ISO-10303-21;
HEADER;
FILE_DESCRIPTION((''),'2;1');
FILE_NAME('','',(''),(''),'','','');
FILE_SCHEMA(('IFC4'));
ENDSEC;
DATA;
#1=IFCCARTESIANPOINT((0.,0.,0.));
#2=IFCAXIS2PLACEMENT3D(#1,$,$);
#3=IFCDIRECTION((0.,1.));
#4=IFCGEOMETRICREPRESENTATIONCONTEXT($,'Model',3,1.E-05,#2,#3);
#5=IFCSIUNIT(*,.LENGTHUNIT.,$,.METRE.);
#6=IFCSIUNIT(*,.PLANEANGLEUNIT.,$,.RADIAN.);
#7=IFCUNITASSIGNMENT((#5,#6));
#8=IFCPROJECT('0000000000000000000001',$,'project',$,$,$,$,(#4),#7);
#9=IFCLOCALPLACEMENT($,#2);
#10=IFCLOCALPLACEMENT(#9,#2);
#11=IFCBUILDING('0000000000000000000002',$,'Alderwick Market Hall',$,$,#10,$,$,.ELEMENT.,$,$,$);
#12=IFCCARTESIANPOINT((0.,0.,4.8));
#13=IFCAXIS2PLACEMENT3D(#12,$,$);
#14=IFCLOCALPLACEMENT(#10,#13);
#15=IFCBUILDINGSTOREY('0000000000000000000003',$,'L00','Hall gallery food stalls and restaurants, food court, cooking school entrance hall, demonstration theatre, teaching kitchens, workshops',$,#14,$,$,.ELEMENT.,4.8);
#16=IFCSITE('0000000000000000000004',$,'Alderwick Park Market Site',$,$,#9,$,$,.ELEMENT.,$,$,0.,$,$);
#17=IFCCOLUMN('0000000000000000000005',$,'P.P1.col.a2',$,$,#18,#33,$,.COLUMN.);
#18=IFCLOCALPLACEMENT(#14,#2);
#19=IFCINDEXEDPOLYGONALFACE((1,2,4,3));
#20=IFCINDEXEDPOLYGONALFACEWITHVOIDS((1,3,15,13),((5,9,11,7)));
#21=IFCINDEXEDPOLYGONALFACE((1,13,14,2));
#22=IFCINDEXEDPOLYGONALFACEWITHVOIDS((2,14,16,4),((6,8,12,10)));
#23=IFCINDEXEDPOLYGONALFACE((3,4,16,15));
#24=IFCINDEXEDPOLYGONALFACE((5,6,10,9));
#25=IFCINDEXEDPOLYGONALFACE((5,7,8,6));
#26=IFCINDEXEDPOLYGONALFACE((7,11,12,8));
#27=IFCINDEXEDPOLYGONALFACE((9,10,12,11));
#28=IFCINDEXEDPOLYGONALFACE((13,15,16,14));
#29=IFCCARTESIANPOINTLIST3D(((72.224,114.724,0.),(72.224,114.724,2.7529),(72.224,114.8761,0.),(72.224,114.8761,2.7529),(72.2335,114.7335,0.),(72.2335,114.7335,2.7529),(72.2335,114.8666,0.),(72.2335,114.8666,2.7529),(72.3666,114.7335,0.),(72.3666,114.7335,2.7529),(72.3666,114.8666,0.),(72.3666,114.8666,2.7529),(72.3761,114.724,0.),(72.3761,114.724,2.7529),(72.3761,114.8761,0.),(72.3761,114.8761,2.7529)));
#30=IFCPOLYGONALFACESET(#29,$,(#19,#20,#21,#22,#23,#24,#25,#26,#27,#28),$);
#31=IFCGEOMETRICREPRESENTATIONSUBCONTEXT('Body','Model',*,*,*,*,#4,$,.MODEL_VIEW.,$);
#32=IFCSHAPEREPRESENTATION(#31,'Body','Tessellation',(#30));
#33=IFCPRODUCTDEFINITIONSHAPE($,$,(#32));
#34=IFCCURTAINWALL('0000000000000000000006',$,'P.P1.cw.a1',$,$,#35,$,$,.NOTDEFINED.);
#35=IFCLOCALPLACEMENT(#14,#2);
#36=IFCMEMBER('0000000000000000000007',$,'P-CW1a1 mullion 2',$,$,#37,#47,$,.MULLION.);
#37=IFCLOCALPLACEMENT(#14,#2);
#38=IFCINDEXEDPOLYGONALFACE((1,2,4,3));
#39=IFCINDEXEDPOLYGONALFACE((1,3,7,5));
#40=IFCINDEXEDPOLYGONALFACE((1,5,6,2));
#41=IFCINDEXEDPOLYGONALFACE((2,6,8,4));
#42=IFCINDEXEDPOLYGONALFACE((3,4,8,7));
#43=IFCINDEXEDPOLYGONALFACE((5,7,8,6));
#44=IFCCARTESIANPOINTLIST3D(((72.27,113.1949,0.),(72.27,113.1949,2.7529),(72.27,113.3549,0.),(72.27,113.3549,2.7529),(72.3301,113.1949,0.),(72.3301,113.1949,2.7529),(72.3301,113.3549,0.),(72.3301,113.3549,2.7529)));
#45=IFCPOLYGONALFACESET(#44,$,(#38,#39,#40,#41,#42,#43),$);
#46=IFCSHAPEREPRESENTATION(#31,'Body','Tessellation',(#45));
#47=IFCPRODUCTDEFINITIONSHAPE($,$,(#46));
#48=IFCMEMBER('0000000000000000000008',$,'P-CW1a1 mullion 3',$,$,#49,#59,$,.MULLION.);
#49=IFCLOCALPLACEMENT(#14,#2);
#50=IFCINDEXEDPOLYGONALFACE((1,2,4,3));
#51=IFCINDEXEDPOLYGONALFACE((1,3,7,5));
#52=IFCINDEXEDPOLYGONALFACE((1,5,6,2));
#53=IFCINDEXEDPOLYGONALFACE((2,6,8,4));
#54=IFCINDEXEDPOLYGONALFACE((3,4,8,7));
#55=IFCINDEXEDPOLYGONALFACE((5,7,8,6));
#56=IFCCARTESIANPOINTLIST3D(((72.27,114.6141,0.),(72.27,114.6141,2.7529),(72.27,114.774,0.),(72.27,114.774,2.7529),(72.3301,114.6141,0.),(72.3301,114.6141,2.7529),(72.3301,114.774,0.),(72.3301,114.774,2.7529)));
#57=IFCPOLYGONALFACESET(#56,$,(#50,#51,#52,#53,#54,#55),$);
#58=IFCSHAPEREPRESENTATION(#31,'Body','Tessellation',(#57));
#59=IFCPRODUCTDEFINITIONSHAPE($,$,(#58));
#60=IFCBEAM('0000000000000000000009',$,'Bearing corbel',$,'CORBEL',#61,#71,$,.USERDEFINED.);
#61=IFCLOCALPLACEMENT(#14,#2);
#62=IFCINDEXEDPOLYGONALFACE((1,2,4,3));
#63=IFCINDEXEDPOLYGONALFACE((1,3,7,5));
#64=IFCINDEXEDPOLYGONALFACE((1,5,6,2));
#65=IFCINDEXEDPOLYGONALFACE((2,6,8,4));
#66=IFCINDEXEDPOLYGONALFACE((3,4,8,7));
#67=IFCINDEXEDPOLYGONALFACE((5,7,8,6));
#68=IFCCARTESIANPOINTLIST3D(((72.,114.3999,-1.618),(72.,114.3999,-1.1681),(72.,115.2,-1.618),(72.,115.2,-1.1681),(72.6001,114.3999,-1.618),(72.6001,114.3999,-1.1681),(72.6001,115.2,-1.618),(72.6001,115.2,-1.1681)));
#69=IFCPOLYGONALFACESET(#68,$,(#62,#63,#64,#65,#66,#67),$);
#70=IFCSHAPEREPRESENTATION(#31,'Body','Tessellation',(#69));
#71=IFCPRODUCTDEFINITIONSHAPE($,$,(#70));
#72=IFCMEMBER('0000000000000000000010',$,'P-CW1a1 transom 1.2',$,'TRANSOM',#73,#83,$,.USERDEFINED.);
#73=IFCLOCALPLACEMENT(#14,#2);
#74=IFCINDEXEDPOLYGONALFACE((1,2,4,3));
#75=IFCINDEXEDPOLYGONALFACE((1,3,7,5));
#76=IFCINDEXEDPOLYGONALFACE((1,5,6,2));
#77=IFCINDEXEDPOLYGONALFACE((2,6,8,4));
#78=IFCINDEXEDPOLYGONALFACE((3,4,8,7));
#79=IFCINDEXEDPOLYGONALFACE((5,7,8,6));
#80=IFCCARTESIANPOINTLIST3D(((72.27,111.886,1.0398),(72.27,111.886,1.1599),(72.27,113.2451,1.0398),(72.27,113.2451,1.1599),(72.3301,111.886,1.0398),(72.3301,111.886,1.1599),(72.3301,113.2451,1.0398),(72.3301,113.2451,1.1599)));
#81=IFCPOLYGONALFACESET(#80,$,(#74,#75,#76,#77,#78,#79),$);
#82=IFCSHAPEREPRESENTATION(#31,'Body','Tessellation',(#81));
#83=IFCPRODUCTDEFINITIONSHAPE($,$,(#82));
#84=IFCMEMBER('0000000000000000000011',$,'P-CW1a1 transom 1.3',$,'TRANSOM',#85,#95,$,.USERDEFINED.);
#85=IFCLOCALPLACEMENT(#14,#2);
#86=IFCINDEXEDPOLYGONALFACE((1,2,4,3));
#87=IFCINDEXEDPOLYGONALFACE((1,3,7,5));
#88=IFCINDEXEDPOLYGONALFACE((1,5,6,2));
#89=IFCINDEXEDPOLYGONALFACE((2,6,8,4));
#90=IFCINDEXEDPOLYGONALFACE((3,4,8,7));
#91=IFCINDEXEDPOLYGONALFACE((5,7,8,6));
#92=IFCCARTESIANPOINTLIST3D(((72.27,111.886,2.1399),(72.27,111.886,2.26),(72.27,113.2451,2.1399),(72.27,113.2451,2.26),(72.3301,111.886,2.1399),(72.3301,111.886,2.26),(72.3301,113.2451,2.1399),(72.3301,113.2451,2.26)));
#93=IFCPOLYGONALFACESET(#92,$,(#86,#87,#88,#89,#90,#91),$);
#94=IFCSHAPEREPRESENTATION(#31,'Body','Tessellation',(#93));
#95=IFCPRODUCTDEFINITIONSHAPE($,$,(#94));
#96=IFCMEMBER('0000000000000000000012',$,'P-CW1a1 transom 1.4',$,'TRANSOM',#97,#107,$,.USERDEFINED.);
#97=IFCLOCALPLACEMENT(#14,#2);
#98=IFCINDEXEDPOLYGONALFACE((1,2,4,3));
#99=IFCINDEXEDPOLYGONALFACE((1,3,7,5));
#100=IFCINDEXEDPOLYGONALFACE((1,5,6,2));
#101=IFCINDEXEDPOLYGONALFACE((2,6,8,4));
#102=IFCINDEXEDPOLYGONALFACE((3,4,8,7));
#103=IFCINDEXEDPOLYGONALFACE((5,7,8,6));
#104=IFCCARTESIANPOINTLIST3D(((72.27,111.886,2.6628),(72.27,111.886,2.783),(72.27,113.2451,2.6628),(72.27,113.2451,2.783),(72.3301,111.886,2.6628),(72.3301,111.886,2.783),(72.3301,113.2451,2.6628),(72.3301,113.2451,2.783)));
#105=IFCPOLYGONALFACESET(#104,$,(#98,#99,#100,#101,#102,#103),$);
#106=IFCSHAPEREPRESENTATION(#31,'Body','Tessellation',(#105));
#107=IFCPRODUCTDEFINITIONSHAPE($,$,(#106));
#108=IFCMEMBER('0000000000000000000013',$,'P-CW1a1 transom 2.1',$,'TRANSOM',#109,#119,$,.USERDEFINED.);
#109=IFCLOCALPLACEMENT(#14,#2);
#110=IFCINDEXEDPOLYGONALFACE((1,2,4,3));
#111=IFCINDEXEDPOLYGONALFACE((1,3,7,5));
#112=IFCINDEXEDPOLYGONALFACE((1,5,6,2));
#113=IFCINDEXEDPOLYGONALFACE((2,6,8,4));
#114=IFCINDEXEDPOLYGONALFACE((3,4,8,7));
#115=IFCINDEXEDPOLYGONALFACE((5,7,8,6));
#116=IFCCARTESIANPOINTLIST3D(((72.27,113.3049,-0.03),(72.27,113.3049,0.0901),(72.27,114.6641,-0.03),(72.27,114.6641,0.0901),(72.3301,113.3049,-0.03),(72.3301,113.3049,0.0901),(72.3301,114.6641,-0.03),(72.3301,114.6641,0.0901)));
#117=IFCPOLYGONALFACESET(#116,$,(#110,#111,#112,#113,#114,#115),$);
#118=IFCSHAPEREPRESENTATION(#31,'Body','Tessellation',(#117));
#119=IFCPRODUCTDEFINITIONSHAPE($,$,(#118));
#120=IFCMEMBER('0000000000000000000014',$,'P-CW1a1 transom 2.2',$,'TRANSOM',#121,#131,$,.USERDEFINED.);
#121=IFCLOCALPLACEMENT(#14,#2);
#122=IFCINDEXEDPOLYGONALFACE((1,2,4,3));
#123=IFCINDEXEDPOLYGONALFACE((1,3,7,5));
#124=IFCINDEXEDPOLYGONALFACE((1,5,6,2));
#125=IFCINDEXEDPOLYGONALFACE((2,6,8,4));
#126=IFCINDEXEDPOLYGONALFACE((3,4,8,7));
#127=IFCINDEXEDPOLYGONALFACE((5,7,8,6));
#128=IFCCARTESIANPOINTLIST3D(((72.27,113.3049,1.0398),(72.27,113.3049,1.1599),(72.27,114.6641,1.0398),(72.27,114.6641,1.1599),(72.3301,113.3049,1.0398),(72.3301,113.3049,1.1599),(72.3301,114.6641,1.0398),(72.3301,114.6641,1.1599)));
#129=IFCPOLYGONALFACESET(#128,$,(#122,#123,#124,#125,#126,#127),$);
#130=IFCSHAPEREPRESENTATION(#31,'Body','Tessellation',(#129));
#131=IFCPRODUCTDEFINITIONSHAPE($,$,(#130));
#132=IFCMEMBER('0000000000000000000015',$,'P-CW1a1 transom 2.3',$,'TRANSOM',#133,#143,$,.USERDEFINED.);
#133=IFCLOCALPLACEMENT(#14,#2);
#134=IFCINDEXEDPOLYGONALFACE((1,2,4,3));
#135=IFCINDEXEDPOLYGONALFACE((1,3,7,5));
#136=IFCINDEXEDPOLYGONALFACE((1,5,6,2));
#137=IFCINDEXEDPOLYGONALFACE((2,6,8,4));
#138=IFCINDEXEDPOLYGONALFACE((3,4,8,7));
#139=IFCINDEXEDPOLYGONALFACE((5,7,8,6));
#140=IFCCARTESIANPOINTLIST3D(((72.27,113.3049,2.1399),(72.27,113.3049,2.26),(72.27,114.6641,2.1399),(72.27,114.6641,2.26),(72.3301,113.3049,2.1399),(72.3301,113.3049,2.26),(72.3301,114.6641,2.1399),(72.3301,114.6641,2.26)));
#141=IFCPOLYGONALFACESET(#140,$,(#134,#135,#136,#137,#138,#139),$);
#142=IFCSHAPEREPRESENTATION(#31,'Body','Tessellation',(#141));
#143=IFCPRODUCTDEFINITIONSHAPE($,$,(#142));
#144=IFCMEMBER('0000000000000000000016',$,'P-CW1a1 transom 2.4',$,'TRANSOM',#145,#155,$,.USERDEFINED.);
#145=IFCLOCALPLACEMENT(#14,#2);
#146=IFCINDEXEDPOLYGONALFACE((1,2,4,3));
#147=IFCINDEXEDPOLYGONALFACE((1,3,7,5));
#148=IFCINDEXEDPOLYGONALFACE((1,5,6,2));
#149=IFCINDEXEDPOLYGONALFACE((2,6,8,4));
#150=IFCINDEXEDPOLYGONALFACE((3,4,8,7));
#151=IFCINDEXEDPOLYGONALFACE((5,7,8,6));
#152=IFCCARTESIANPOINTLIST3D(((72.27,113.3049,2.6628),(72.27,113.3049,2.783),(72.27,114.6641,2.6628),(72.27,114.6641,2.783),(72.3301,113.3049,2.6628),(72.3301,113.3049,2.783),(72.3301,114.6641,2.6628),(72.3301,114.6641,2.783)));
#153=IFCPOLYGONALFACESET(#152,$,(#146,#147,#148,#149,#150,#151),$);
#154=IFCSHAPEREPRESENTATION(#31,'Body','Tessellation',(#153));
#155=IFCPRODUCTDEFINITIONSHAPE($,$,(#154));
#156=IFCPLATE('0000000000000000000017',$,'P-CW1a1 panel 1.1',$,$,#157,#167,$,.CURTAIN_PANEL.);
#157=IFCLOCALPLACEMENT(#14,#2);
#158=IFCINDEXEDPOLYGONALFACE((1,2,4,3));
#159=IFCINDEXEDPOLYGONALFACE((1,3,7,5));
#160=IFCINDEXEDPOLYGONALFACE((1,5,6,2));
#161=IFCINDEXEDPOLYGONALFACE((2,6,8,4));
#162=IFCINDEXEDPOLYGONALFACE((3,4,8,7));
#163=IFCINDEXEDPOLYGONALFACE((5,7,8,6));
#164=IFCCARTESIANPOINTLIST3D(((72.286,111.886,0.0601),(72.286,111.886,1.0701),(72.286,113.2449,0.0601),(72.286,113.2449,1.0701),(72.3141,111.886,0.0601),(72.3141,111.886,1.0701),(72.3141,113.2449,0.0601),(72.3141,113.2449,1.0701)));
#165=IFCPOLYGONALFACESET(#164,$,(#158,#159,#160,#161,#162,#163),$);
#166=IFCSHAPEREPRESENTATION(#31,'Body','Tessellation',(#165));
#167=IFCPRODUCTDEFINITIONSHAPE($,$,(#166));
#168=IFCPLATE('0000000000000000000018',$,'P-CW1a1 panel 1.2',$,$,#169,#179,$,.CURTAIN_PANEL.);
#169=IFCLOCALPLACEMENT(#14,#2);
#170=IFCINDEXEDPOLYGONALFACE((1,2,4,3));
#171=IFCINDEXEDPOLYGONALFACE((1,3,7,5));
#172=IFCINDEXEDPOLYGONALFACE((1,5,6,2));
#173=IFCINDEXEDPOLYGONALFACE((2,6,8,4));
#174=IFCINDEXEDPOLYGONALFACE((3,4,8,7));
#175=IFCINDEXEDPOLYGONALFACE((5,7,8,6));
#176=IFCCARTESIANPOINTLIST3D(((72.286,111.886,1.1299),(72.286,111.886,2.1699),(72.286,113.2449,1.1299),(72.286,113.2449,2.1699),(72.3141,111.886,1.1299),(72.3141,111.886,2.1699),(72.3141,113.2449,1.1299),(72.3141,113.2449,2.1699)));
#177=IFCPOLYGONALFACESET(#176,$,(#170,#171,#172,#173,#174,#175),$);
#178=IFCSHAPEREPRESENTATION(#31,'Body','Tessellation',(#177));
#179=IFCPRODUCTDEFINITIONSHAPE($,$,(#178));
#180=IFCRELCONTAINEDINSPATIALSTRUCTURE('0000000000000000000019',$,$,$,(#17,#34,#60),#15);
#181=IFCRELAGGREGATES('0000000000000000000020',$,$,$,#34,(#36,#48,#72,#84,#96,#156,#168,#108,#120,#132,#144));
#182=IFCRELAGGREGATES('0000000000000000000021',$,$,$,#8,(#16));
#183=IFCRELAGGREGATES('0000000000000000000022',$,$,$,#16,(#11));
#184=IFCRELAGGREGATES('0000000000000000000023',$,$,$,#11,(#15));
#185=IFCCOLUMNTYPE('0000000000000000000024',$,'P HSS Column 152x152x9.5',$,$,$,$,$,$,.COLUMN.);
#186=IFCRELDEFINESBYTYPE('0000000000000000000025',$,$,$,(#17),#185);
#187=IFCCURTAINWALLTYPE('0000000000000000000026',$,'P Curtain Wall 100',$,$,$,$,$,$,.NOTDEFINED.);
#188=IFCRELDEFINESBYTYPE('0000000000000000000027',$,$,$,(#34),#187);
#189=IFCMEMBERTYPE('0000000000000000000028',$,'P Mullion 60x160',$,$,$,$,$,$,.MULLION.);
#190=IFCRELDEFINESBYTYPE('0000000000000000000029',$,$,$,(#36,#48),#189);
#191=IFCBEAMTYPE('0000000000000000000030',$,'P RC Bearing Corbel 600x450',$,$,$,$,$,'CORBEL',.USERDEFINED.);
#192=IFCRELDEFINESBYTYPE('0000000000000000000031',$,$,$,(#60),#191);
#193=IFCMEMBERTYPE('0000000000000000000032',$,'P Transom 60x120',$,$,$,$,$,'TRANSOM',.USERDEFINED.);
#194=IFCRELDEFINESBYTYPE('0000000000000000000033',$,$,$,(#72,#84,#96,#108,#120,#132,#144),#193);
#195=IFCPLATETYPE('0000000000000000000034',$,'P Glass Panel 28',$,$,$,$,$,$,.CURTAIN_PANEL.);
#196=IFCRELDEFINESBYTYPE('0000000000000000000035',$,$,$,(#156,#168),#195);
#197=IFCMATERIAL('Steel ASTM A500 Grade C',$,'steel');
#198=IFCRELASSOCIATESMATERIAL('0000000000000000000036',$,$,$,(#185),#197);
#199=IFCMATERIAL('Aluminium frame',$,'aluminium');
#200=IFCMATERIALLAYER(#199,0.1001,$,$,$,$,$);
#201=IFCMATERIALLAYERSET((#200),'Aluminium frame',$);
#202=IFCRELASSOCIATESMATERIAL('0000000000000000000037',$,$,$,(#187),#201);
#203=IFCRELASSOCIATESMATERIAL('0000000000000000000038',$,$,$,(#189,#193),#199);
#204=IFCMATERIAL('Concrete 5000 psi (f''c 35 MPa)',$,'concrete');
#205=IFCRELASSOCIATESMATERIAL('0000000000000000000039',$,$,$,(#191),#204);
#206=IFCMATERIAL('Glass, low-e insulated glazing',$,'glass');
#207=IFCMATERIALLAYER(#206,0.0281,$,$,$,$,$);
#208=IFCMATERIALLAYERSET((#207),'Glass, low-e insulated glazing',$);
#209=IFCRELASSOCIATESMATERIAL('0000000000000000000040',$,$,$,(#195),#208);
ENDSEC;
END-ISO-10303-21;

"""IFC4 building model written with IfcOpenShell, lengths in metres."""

from ifc_helpers import new_model, si_unit, direction, frame, origin, origin_2d, place, context, subcontext, project, spatial, rectangle, hollow_rectangle, extrude, material, layer, layer_set, material_profile, profile_set, type_object, element, aggregate, save


model = new_model("IFC4")

# Units and contexts
model_context = context("Model", 3, precision=1e-05, world=origin(), true_north=direction((0.0, 1.0)))
body_context = subcontext(model_context, "Body", "Model", "MODEL_VIEW")
ifc_project = project(units=[si_unit("LENGTHUNIT", "METRE"), si_unit("PLANEANGLEUNIT", "RADIAN")], contexts=[model_context])

# Site, building, storey
site_placement = place(None, origin())
site = spatial("IfcSite", under=ifc_project, at=site_placement, Name="Alderwick Park Market Site", CompositionType="ELEMENT", RefElevation=0.0)
building_placement = place(site_placement, origin())
building = spatial("IfcBuilding", under=site, at=building_placement, Name="Alderwick Market Hall", CompositionType="ELEMENT")
storey_placement = place(building_placement, frame((0.0, 0.0, 4.8)))
storey = spatial("IfcBuildingStorey", under=building, at=storey_placement, Name="L00", Description="Hall gallery food stalls and restaurants, food court, cooking school entrance hall, demonstration theatre, teaching kitchens, workshops", CompositionType="ELEMENT", Elevation=4.8)

# Column
ifc_material_1 = material(Name="Steel ASTM A500 Grade C", Category="steel")
ifc_material_profile_1 = material_profile(ifc_material_1, hollow_rectangle(XDim=0.1521, YDim=0.1521, WallThickness=0.0095, at=origin_2d()), Name="HSS152x152x9.5")
ifc_profile_set_1 = profile_set([ifc_material_profile_1], Name="Steel ASTM A500 Grade C")
column_type = type_object("IfcColumnType", Name="P HSS Column 152x152x9.5", PredefinedType="COLUMN", material=ifc_profile_set_1)
column_placement = place(storey_placement, frame((72.3, 114.8, 0.0), z_axis=(0.0, 0.0, 1.0), x_axis=(1.0, 0.0, 0.0)))
element("IfcColumn", 1, at=column_placement, inside=storey, type_object=column_type, Name="P.P1.col.a2", PredefinedType="COLUMN", context=body_context, shape_type="SweptSolid", body=[
    extrude(hollow_rectangle(XDim=0.1521, YDim=0.1521, WallThickness=0.0095, at=origin_2d()), origin(), (0.0, 0.0, 1.0), 2.7529),
])

# Curtain wall, members
ifc_material_2 = material(Name="Aluminium frame", Category="aluminium")
ifc_layer_1 = layer(ifc_material_2, 0.1001)
ifc_layer_set_1 = layer_set([ifc_layer_1], Name="Aluminium frame")
curtain_wall_type = type_object("IfcCurtainWallType", Name="P Curtain Wall 100", PredefinedType="NOTDEFINED", material=ifc_layer_set_1)
curtain_wall_placement = place(storey_placement, origin())
curtain_wall = element("IfcCurtainWall", 2, at=curtain_wall_placement, inside=storey, type_object=curtain_wall_type, Name="P.P1.cw.a1", PredefinedType="NOTDEFINED")
ifc_material_profile_2 = material_profile(ifc_material_2, rectangle(XDim=0.0601, YDim=0.1599, at=origin_2d()), Name="P Mullion 60x160")
ifc_profile_set_2 = profile_set([ifc_material_profile_2], Name="Aluminium frame")
member_type_1 = type_object("IfcMemberType", Name="P Mullion 60x160", PredefinedType="MULLION", material=ifc_profile_set_2)
member_1_placement = place(storey_placement, frame((72.3, 113.2749, 0.0), z_axis=(0.0, 0.0, 1.0), x_axis=(-1.0, 0.0, 0.0)))
member_1 = element("IfcMember", 3, at=member_1_placement, type_object=member_type_1, Name="P-CW1a1 mullion 2", PredefinedType="MULLION", context=body_context, shape_type="SweptSolid", body=[
    extrude(rectangle(XDim=0.0601, YDim=0.1599, at=origin_2d()), origin(), (0.0, 0.0, 1.0), 2.7529),
])
member_2_placement = place(storey_placement, frame((72.3, 114.6941, 0.0), z_axis=(0.0, 0.0, 1.0), x_axis=(-1.0, 0.0, 0.0)))
member_2 = element("IfcMember", 4, at=member_2_placement, type_object=member_type_1, Name="P-CW1a1 mullion 3", PredefinedType="MULLION", context=body_context, shape_type="SweptSolid", body=[
    extrude(rectangle(XDim=0.0601, YDim=0.1599, at=origin_2d()), origin(), (0.0, 0.0, 1.0), 2.7529),
])

# Beam
ifc_material_3 = material(Name="Concrete 5000 psi (f'c 35 MPa)", Category="concrete")
ifc_material_profile_3 = material_profile(ifc_material_3, rectangle(XDim=0.6001, YDim=0.45, at=origin_2d()), Name="P RC Bearing Corbel 600x450")
ifc_profile_set_3 = profile_set([ifc_material_profile_3], Name="Concrete 5000 psi (f'c 35 MPa)")
beam_type = type_object("IfcBeamType", Name="P RC Bearing Corbel 600x450", ElementType="CORBEL", PredefinedType="USERDEFINED", material=ifc_profile_set_3)
beam_placement = place(storey_placement, frame((72.3, 114.3999, -1.3931), z_axis=(0.0, 1.0, 0.0), x_axis=(-1.0, 0.0, 0.0)))
element("IfcBeam", 5, at=beam_placement, inside=storey, type_object=beam_type, Name="Bearing corbel", ObjectType="CORBEL", PredefinedType="USERDEFINED", context=body_context, shape_type="SweptSolid", body=[
    extrude(rectangle(XDim=0.6001, YDim=0.45, at=origin_2d()), origin(), (0.0, 0.0, 1.0), 0.8),
])

# Members
ifc_material_profile_4 = material_profile(ifc_material_2, rectangle(XDim=0.0601, YDim=0.1201, at=origin_2d()), Name="P Transom 60x120")
ifc_profile_set_4 = profile_set([ifc_material_profile_4], Name="Aluminium frame")
member_type_2 = type_object("IfcMemberType", Name="P Transom 60x120", ElementType="TRANSOM", PredefinedType="USERDEFINED", material=ifc_profile_set_4)
member_3_placement = place(storey_placement, frame((72.3, 111.886, 1.0999), z_axis=(0.0, 1.0, 0.0), x_axis=(-1.0, 0.0, 0.0)))
member_3 = element("IfcMember", 6, at=member_3_placement, type_object=member_type_2, Name="P-CW1a1 transom 1.2", ObjectType="TRANSOM", PredefinedType="USERDEFINED", context=body_context, shape_type="SweptSolid", body=[
    extrude(rectangle(XDim=0.0601, YDim=0.1201, at=origin_2d()), origin(), (0.0, 0.0, 1.0), 1.3591),
])
member_4_placement = place(storey_placement, frame((72.3, 111.886, 2.2), z_axis=(0.0, 1.0, 0.0), x_axis=(-1.0, 0.0, 0.0)))
member_4 = element("IfcMember", 7, at=member_4_placement, type_object=member_type_2, Name="P-CW1a1 transom 1.3", ObjectType="TRANSOM", PredefinedType="USERDEFINED", context=body_context, shape_type="SweptSolid", body=[
    extrude(rectangle(XDim=0.0601, YDim=0.1201, at=origin_2d()), origin(), (0.0, 0.0, 1.0), 1.3591),
])
member_5_placement = place(storey_placement, frame((72.3, 111.886, 2.7229), z_axis=(0.0, 1.0, 0.0), x_axis=(-1.0, 0.0, 0.0)))
member_5 = element("IfcMember", 8, at=member_5_placement, type_object=member_type_2, Name="P-CW1a1 transom 1.4", ObjectType="TRANSOM", PredefinedType="USERDEFINED", context=body_context, shape_type="SweptSolid", body=[
    extrude(rectangle(XDim=0.0601, YDim=0.1201, at=origin_2d()), origin(), (0.0, 0.0, 1.0), 1.3591),
])
member_6_placement = place(storey_placement, frame((72.3, 113.3049, 0.03), z_axis=(0.0, 1.0, 0.0), x_axis=(-1.0, 0.0, 0.0)))
member_6 = element("IfcMember", 9, at=member_6_placement, type_object=member_type_2, Name="P-CW1a1 transom 2.1", ObjectType="TRANSOM", PredefinedType="USERDEFINED", context=body_context, shape_type="SweptSolid", body=[
    extrude(rectangle(XDim=0.0601, YDim=0.1201, at=origin_2d()), origin(), (0.0, 0.0, 1.0), 1.3591),
])
member_7_placement = place(storey_placement, frame((72.3, 113.3049, 1.0999), z_axis=(0.0, 1.0, 0.0), x_axis=(-1.0, 0.0, 0.0)))
member_7 = element("IfcMember", 10, at=member_7_placement, type_object=member_type_2, Name="P-CW1a1 transom 2.2", ObjectType="TRANSOM", PredefinedType="USERDEFINED", context=body_context, shape_type="SweptSolid", body=[
    extrude(rectangle(XDim=0.0601, YDim=0.1201, at=origin_2d()), origin(), (0.0, 0.0, 1.0), 1.3591),
])
member_8_placement = place(storey_placement, frame((72.3, 113.3049, 2.2), z_axis=(0.0, 1.0, 0.0), x_axis=(-1.0, 0.0, 0.0)))
member_8 = element("IfcMember", 11, at=member_8_placement, type_object=member_type_2, Name="P-CW1a1 transom 2.3", ObjectType="TRANSOM", PredefinedType="USERDEFINED", context=body_context, shape_type="SweptSolid", body=[
    extrude(rectangle(XDim=0.0601, YDim=0.1201, at=origin_2d()), origin(), (0.0, 0.0, 1.0), 1.3591),
])
member_9_placement = place(storey_placement, frame((72.3, 113.3049, 2.7229), z_axis=(0.0, 1.0, 0.0), x_axis=(-1.0, 0.0, 0.0)))
member_9 = element("IfcMember", 12, at=member_9_placement, type_object=member_type_2, Name="P-CW1a1 transom 2.4", ObjectType="TRANSOM", PredefinedType="USERDEFINED", context=body_context, shape_type="SweptSolid", body=[
    extrude(rectangle(XDim=0.0601, YDim=0.1201, at=origin_2d()), origin(), (0.0, 0.0, 1.0), 1.3591),
])

# Plates
ifc_material_4 = material(Name="Glass, low-e insulated glazing", Category="glass")
ifc_layer_2 = layer(ifc_material_4, 0.0281)
ifc_layer_set_2 = layer_set([ifc_layer_2], Name="Glass, low-e insulated glazing")
plate_type_1 = type_object("IfcPlateType", Name="P Glass Panel 28", PredefinedType="CURTAIN_PANEL", material=ifc_layer_set_2)
plate_1_placement = place(storey_placement, frame((72.3, 112.5654, 0.0601), z_axis=(0.0, 0.0, 1.0), x_axis=(0.0, 1.0, 0.0)))
plate_1 = element("IfcPlate", 13, at=plate_1_placement, type_object=plate_type_1, Name="P-CW1a1 panel 1.1", PredefinedType="CURTAIN_PANEL", context=body_context, shape_type="SweptSolid", body=[
    extrude(rectangle(XDim=1.3589, YDim=0.0281, at=origin_2d()), origin(), (0.0, 0.0, 1.0), 1.01),
])
plate_2_placement = place(storey_placement, frame((72.3, 112.5654, 1.1299), z_axis=(0.0, 0.0, 1.0), x_axis=(0.0, 1.0, 0.0)))
plate_2 = element("IfcPlate", 14, at=plate_2_placement, type_object=plate_type_1, Name="P-CW1a1 panel 1.2", PredefinedType="CURTAIN_PANEL", context=body_context, shape_type="SweptSolid", body=[
    extrude(rectangle(XDim=1.3589, YDim=0.0281, at=origin_2d()), origin(), (0.0, 0.0, 1.0), 1.04),
])
aggregate(curtain_wall, [member_1, member_2, member_3, member_4, member_5, plate_1, plate_2, member_6, member_7, member_8, member_9])

save(model, "model.ifc")
